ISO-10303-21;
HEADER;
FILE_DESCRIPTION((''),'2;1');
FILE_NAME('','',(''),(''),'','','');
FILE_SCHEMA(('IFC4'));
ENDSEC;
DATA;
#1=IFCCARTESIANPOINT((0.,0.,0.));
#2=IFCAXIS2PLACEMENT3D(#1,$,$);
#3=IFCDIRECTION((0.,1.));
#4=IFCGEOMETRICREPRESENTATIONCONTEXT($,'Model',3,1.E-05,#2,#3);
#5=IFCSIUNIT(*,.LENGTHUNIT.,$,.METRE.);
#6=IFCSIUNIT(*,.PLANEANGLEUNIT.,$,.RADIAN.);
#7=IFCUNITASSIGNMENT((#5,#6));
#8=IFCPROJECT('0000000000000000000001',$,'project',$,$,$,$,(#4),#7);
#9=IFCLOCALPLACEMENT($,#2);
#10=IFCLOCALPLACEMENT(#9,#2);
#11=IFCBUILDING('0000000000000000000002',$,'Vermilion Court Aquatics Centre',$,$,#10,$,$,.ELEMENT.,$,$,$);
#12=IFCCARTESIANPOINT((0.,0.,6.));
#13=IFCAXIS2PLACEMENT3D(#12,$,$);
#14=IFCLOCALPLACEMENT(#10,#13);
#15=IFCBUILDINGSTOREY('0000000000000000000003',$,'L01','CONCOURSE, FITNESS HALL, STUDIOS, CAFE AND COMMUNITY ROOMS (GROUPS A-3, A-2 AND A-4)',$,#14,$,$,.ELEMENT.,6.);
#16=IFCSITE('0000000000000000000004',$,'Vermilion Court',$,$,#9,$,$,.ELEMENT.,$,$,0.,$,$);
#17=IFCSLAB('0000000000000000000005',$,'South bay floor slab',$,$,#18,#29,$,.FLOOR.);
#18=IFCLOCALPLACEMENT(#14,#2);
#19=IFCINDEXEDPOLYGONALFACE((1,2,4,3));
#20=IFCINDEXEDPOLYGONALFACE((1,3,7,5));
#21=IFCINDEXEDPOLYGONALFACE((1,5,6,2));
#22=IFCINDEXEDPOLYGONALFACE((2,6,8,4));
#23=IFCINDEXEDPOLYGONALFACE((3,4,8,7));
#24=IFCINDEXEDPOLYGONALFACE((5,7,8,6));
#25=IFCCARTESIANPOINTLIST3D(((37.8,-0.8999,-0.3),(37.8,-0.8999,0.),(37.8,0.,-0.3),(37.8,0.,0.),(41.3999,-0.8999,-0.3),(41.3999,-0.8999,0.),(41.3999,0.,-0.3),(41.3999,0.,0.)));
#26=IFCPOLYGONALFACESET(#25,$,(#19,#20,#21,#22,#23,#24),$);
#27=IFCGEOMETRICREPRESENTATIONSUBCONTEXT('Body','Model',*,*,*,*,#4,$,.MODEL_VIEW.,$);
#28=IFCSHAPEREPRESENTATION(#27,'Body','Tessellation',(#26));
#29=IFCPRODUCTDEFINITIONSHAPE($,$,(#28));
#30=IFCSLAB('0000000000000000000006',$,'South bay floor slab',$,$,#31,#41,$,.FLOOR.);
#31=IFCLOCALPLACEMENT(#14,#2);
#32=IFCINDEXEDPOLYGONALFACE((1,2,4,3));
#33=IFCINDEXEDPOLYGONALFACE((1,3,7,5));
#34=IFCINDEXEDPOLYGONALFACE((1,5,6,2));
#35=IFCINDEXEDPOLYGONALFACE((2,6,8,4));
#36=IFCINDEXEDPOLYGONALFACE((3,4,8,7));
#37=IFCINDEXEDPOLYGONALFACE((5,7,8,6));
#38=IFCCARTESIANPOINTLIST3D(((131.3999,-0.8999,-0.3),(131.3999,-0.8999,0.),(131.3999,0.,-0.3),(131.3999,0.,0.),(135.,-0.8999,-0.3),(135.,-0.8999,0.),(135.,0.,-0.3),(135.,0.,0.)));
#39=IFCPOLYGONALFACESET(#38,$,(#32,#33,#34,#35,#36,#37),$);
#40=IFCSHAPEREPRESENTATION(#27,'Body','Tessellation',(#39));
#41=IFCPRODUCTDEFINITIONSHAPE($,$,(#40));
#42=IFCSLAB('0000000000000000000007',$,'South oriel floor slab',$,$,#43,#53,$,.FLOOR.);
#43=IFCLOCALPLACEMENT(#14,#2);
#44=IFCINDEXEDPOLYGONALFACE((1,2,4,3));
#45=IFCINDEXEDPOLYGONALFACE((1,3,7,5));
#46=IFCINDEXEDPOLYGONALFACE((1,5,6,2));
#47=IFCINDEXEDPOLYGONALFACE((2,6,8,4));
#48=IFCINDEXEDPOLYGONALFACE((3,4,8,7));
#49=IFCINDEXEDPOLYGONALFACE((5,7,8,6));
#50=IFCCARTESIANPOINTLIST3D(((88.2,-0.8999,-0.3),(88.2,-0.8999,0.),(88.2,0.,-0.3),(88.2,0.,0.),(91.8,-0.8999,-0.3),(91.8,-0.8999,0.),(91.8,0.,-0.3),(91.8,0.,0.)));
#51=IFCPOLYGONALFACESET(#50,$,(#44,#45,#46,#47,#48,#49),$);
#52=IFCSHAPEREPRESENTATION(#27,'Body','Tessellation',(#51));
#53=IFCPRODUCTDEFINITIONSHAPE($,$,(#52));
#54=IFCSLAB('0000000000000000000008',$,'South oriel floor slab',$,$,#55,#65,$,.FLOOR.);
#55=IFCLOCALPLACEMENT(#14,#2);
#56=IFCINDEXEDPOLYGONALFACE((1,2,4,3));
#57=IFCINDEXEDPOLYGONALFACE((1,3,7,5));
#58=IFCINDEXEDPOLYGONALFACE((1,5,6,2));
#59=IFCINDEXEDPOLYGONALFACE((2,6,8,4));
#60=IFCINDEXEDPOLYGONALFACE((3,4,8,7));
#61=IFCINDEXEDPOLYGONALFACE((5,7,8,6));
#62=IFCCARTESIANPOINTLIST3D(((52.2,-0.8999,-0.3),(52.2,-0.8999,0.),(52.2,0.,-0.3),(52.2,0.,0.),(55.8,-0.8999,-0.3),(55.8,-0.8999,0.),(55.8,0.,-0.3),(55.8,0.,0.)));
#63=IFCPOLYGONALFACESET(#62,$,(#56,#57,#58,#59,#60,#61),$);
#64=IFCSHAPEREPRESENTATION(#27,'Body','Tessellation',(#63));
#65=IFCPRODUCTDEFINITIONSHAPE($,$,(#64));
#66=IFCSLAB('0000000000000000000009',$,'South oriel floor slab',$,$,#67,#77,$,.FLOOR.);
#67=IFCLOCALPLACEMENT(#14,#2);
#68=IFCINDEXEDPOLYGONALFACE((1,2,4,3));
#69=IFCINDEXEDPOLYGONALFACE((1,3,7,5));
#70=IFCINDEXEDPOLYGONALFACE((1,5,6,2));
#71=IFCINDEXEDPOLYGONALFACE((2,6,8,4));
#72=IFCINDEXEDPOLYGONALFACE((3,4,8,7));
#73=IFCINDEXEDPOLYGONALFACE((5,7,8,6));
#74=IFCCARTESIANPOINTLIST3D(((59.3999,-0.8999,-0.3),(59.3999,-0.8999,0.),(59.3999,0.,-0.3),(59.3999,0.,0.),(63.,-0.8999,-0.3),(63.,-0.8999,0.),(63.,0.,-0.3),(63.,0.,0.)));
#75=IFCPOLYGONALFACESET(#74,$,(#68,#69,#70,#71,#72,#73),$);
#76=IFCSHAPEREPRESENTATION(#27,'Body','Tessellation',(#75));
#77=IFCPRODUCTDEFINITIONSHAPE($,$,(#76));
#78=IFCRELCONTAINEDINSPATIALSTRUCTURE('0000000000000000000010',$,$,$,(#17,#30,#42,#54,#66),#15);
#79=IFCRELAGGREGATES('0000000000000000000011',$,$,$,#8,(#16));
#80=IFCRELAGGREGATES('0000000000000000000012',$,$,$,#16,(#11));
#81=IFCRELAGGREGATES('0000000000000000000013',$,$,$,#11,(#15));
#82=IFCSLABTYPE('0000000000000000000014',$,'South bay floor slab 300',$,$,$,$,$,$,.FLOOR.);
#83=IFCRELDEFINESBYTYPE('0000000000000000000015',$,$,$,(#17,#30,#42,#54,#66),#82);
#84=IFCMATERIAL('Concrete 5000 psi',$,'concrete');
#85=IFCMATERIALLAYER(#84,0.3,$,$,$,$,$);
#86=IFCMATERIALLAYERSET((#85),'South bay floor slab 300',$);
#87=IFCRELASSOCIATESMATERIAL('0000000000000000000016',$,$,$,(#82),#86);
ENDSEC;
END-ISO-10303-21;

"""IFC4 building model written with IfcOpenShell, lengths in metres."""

from ifc_helpers import new_model, si_unit, direction, frame, origin, place, context, subcontext, project, spatial, polyline, outline, extrude, material, layer, layer_set, type_object, element, save


model = new_model("IFC4")

# Units and contexts
model_context = context("Model", 3, precision=1e-05, world=origin(), true_north=direction((0.0, 1.0)))
body_context = subcontext(model_context, "Body", "Model", "MODEL_VIEW")
ifc_project = project(units=[si_unit("LENGTHUNIT", "METRE"), si_unit("PLANEANGLEUNIT", "RADIAN")], contexts=[model_context])

# Site, building, storey
site_placement = place(None, origin())
site = spatial("IfcSite", under=ifc_project, at=site_placement, Name="Vermilion Court", CompositionType="ELEMENT", RefElevation=0.0)
building_placement = place(site_placement, origin())
building = spatial("IfcBuilding", under=site, at=building_placement, Name="Vermilion Court Aquatics Centre", CompositionType="ELEMENT")
storey_placement = place(building_placement, frame((0.0, 0.0, 6.0)))
storey = spatial("IfcBuildingStorey", under=building, at=storey_placement, Name="L01", Description="CONCOURSE, FITNESS HALL, STUDIOS, CAFE AND COMMUNITY ROOMS (GROUPS A-3, A-2 AND A-4)", CompositionType="ELEMENT", Elevation=6.0)

# Slabs
ifc_material_1 = material(Name="Concrete 5000 psi", Category="concrete")
ifc_layer_1 = layer(ifc_material_1, 0.3)
ifc_layer_set_1 = layer_set([ifc_layer_1], Name="South bay floor slab 300")
slab_type_1 = type_object("IfcSlabType", Name="South bay floor slab 300", PredefinedType="FLOOR", material=ifc_layer_set_1)
slab_1_placement = place(storey_placement, frame((0.0, 0.0, -0.3)))
element("IfcSlab", 1, at=slab_1_placement, inside=storey, type_object=slab_type_1, Name="South bay floor slab", PredefinedType="FLOOR", context=body_context, shape_type="SweptSolid", body=[
    extrude(outline(polyline([(37.8, -0.8999), (41.3999, -0.8999), (41.3999, 0.0), (37.8, 0.0), (37.8, -0.8999)])), origin(), (0.0, 0.0, 1.0), 0.3),
])
slab_2_placement = place(storey_placement, frame((0.0, 0.0, -0.3)))
element("IfcSlab", 2, at=slab_2_placement, inside=storey, type_object=slab_type_1, Name="South bay floor slab", PredefinedType="FLOOR", context=body_context, shape_type="SweptSolid", body=[
    extrude(outline(polyline([(131.3999, -0.8999), (135.0, -0.8999), (135.0, 0.0), (131.3999, 0.0), (131.3999, -0.8999)])), origin(), (0.0, 0.0, 1.0), 0.3),
])
slab_3_placement = place(storey_placement, frame((0.0, 0.0, -0.3)))
element("IfcSlab", 3, at=slab_3_placement, inside=storey, type_object=slab_type_1, Name="South oriel floor slab", PredefinedType="FLOOR", context=body_context, shape_type="SweptSolid", body=[
    extrude(outline(polyline([(88.2, -0.8999), (91.8, -0.8999), (91.8, 0.0), (88.2, 0.0), (88.2, -0.8999)])), origin(), (0.0, 0.0, 1.0), 0.3),
])
slab_4_placement = place(storey_placement, frame((0.0, 0.0, -0.3)))
element("IfcSlab", 4, at=slab_4_placement, inside=storey, type_object=slab_type_1, Name="South oriel floor slab", PredefinedType="FLOOR", context=body_context, shape_type="SweptSolid", body=[
    extrude(outline(polyline([(52.2, -0.8999), (55.8, -0.8999), (55.8, 0.0), (52.2, 0.0), (52.2, -0.8999)])), origin(), (0.0, 0.0, 1.0), 0.3),
])
slab_5_placement = place(storey_placement, frame((0.0, 0.0, -0.3)))
element("IfcSlab", 5, at=slab_5_placement, inside=storey, type_object=slab_type_1, Name="South oriel floor slab", PredefinedType="FLOOR", context=body_context, shape_type="SweptSolid", body=[
    extrude(outline(polyline([(59.3999, -0.8999), (63.0, -0.8999), (63.0, 0.0), (59.3999, 0.0), (59.3999, -0.8999)])), origin(), (0.0, 0.0, 1.0), 0.3),
])

save(model, "model.ifc")
